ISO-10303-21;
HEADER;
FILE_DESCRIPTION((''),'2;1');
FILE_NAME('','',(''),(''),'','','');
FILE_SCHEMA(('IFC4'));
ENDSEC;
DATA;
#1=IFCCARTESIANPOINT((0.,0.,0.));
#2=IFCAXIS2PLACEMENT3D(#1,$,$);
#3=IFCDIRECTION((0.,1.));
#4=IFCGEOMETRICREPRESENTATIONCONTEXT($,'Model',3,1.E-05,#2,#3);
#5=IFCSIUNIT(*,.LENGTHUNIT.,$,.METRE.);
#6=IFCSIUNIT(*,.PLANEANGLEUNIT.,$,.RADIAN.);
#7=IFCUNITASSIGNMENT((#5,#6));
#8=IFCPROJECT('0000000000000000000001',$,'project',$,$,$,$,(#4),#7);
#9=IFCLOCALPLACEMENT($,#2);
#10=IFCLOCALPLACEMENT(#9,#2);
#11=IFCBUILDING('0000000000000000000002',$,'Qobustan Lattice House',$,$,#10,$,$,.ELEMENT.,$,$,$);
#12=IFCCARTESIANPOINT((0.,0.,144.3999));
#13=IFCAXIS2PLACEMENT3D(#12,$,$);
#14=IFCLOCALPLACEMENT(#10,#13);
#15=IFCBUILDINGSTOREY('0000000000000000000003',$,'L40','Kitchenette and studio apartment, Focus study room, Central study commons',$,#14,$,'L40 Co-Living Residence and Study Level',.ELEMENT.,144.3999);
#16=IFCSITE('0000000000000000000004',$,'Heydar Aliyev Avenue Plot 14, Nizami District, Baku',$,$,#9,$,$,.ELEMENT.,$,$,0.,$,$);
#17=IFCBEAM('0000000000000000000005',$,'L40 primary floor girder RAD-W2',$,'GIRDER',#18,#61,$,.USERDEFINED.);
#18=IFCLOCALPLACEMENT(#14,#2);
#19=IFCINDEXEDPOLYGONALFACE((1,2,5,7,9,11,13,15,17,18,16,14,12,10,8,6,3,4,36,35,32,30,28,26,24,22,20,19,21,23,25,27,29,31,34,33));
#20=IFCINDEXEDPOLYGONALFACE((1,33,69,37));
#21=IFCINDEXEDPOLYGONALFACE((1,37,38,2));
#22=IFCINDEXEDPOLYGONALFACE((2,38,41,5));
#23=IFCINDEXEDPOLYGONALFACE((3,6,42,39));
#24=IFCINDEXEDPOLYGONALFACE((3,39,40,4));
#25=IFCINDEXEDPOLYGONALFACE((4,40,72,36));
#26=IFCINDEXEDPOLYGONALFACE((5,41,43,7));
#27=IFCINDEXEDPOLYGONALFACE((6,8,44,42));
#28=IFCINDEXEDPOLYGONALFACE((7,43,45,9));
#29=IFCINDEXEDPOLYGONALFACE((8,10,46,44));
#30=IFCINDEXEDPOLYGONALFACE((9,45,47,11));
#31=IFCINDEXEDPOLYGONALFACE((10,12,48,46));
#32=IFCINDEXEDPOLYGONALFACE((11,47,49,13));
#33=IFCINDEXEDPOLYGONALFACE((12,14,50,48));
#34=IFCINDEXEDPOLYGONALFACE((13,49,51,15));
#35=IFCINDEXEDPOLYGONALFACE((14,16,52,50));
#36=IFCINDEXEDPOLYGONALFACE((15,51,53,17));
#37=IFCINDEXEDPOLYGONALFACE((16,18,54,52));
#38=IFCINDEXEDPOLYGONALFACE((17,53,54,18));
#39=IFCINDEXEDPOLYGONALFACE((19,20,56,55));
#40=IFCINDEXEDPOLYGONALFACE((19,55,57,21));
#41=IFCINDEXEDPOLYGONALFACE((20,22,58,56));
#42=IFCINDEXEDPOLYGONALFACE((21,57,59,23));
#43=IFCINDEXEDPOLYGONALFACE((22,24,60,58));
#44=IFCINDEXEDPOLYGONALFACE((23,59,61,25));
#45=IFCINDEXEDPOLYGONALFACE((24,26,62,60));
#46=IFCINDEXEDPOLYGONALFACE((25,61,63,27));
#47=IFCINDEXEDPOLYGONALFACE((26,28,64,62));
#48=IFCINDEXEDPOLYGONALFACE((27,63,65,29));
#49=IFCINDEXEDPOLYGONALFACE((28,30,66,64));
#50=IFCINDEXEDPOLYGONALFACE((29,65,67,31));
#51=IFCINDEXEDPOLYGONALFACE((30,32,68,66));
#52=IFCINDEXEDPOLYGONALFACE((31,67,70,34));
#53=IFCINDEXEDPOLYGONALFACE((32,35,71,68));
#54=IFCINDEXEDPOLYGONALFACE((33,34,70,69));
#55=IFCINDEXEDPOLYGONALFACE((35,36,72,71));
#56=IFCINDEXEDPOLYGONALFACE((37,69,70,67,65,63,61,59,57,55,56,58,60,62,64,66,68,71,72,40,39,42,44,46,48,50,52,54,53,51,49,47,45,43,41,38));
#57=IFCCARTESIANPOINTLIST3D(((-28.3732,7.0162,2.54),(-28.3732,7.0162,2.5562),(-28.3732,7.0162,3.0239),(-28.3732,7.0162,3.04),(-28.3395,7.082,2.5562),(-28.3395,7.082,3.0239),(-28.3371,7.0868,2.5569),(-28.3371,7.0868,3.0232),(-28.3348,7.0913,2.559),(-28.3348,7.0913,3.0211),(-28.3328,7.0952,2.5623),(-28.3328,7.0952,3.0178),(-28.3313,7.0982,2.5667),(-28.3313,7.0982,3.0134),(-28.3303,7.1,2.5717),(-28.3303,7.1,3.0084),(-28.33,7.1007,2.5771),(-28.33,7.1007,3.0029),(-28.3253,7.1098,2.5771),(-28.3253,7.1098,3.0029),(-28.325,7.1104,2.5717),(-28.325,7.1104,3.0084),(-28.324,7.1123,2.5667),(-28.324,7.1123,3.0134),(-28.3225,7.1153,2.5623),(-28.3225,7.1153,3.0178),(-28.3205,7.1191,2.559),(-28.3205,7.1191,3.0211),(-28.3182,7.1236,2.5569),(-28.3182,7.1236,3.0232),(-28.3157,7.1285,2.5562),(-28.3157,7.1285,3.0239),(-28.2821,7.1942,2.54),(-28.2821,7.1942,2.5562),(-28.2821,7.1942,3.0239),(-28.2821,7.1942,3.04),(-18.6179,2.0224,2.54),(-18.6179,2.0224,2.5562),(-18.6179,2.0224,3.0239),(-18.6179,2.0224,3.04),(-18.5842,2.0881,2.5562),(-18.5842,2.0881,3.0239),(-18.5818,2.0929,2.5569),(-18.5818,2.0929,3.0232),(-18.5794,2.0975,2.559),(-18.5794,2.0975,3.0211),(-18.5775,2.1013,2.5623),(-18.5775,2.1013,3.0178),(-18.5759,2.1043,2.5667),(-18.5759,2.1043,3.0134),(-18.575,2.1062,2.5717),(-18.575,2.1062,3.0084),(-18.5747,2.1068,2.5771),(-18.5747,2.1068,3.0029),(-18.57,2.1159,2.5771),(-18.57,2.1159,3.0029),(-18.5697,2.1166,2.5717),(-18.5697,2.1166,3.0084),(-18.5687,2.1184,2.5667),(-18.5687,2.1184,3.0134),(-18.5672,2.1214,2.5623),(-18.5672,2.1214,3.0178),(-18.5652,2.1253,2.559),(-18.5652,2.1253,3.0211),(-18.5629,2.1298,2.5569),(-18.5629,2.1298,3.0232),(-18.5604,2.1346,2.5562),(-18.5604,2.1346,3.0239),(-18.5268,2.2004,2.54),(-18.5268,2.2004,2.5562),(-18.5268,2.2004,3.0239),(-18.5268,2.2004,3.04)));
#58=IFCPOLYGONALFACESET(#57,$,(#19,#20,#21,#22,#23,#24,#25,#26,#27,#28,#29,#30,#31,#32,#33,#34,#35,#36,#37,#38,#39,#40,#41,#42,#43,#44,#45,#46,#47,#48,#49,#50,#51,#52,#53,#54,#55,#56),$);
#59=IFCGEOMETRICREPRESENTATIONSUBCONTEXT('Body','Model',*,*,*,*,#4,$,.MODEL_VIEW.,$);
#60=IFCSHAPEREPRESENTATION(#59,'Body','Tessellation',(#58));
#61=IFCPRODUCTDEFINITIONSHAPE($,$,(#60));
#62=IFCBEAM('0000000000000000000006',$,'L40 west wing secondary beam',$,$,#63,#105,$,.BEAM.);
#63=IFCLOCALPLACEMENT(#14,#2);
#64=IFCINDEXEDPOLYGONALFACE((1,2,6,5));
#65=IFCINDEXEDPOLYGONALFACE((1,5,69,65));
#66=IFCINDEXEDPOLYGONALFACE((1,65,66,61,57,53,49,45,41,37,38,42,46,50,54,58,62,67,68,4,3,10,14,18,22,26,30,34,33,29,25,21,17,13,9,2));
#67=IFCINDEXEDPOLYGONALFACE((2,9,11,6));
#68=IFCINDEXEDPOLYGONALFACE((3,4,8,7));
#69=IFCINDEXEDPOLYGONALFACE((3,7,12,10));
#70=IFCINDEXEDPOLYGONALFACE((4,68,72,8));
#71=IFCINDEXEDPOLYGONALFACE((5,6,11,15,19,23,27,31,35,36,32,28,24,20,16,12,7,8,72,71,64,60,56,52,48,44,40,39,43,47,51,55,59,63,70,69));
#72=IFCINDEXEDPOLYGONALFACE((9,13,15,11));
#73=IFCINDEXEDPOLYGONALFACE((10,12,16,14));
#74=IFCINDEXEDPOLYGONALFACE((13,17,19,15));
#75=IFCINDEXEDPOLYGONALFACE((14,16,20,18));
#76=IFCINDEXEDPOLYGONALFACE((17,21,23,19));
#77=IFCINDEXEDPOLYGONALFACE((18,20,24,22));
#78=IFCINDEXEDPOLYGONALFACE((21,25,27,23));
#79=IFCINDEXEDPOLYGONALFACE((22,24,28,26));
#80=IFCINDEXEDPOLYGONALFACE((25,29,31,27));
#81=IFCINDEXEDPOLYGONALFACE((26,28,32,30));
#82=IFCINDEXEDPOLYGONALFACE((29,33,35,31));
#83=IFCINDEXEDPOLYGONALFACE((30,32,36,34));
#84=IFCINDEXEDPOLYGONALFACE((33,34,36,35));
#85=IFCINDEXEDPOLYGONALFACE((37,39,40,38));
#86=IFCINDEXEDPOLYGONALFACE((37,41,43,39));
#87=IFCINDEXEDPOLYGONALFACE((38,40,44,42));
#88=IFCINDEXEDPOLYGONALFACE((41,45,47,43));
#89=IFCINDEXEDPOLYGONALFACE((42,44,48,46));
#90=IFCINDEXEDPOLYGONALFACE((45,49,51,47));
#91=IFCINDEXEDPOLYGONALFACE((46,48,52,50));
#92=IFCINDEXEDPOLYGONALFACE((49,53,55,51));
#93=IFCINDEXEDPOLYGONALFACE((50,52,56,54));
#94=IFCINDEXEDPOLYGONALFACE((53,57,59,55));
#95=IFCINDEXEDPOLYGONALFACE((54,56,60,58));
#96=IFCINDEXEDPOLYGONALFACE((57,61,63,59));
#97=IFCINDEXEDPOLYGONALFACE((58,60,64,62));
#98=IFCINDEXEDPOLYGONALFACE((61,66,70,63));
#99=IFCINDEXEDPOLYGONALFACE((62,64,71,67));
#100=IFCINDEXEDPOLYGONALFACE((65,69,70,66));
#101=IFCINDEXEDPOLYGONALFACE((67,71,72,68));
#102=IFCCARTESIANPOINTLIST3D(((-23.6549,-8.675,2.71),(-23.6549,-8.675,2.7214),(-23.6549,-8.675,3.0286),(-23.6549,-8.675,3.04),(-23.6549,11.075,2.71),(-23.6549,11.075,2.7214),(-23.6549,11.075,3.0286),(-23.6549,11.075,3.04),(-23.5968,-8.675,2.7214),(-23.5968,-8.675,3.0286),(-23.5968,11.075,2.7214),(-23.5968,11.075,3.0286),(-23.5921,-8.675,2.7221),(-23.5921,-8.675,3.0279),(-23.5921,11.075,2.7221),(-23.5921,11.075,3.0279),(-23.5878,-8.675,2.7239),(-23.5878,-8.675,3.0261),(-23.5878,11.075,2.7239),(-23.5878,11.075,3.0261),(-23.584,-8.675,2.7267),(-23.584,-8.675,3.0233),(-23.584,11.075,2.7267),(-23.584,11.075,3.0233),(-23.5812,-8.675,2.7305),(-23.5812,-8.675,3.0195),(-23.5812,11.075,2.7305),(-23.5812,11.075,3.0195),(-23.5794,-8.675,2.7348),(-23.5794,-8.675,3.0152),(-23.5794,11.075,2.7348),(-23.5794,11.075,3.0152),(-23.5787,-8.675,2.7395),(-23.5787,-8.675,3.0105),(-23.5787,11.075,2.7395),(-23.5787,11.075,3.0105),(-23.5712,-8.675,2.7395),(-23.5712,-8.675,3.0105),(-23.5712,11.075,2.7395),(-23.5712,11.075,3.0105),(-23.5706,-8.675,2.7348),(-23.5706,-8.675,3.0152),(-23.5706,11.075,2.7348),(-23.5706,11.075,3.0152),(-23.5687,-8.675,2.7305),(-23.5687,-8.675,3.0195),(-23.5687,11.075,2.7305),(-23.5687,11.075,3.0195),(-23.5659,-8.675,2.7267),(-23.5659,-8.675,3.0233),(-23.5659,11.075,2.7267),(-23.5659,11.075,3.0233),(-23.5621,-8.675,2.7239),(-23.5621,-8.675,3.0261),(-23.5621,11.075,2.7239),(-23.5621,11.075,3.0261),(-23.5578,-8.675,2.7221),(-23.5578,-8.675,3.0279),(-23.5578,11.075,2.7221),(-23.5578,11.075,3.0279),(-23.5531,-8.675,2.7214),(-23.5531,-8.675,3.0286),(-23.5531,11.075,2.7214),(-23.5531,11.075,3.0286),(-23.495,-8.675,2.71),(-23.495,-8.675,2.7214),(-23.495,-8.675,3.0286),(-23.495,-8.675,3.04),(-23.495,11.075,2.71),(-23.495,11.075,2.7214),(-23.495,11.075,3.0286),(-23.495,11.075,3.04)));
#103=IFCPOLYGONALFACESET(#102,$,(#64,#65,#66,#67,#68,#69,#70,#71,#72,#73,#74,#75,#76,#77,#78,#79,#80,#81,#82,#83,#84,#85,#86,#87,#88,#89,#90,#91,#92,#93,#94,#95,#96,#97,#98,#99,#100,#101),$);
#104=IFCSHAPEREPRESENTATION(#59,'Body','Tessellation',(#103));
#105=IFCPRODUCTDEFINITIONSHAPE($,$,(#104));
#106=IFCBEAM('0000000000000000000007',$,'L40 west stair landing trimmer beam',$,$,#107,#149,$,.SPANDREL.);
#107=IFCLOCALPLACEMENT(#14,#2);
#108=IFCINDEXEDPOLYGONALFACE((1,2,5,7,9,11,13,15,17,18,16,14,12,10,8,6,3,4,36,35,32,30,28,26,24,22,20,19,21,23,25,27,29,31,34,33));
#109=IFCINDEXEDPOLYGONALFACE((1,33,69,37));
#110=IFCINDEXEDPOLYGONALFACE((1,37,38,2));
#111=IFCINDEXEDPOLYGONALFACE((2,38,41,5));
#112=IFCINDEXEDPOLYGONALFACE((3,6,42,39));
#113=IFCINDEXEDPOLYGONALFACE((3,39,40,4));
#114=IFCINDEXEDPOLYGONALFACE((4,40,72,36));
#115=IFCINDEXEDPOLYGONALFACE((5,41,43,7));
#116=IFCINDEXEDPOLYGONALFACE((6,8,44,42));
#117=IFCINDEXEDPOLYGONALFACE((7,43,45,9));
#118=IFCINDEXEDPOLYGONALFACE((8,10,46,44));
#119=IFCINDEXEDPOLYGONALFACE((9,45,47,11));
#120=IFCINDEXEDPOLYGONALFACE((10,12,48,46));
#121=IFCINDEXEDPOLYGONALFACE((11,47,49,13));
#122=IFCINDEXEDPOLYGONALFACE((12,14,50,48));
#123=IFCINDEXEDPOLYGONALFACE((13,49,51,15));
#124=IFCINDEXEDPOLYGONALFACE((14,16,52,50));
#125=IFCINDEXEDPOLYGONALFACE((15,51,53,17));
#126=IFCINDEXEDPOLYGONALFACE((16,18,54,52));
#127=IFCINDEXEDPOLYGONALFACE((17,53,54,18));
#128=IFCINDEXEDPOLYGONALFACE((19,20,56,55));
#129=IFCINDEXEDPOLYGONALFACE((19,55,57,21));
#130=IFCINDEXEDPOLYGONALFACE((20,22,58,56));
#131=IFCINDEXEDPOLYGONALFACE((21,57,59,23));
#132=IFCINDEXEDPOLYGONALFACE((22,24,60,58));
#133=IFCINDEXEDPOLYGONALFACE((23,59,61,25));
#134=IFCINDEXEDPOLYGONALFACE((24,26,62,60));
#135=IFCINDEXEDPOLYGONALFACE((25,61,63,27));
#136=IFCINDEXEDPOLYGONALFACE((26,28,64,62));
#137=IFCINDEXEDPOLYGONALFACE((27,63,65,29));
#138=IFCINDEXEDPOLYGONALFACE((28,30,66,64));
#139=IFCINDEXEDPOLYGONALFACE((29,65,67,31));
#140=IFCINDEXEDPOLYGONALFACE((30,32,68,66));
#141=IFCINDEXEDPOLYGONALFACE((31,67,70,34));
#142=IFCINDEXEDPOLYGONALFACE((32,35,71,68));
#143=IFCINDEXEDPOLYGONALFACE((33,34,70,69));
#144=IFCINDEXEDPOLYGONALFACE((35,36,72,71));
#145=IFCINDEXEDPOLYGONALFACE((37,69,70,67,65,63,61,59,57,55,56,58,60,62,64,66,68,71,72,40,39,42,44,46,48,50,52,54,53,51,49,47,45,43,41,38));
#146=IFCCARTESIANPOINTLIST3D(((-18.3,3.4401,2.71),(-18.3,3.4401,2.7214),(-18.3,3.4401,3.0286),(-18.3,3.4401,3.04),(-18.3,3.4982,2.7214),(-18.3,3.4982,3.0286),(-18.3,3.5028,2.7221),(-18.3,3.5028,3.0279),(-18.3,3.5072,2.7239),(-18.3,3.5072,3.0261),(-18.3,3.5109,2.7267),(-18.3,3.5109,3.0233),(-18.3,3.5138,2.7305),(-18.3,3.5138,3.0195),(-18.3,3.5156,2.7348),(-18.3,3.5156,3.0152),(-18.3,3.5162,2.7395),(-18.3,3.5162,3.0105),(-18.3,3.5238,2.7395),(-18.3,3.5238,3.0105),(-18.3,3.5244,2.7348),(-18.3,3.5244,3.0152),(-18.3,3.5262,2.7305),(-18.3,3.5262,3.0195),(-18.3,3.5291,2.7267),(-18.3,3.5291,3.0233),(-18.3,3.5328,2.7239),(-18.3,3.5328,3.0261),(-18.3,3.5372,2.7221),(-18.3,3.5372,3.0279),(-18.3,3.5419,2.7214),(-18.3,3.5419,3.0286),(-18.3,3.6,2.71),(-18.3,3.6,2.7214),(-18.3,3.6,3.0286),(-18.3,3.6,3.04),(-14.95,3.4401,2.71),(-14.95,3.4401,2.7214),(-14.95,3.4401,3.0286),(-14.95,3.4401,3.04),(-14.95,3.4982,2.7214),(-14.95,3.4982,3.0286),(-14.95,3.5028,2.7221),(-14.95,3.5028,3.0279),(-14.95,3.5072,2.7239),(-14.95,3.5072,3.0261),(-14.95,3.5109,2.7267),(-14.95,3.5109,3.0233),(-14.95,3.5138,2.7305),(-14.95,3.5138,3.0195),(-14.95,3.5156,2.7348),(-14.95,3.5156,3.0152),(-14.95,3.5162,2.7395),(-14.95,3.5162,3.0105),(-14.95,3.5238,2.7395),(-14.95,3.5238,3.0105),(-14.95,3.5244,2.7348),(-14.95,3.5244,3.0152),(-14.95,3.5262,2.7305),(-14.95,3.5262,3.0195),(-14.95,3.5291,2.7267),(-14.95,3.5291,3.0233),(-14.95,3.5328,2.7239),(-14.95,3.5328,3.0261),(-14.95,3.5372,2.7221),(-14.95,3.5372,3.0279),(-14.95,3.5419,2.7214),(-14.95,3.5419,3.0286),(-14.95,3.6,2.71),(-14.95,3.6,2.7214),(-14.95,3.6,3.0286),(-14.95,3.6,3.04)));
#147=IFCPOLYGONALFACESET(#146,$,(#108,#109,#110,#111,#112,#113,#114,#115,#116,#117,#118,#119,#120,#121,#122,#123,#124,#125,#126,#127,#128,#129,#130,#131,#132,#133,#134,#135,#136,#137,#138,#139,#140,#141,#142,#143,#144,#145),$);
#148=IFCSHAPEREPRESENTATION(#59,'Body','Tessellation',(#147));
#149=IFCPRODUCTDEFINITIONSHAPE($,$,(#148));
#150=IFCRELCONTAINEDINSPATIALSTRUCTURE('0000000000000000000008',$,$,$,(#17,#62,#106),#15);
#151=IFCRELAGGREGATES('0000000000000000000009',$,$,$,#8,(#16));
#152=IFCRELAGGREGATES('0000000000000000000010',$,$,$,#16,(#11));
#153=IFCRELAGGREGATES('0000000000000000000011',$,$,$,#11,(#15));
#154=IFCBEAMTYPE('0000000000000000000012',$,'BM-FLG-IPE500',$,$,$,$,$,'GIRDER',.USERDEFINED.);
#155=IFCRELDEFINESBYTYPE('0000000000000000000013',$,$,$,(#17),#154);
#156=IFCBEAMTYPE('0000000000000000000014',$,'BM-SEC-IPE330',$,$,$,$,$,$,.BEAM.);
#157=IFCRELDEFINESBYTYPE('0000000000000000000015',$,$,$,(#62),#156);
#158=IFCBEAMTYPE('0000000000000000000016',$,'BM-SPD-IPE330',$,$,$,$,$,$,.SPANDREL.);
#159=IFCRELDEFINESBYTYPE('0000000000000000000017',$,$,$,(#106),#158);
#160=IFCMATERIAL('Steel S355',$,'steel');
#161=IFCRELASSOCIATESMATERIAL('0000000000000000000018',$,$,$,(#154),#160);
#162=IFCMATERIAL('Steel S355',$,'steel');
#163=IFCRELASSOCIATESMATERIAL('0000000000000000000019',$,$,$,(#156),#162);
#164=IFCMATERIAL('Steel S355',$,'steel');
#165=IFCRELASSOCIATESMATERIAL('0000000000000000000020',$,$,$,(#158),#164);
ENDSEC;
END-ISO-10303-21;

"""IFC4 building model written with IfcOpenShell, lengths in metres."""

from ifc_helpers import new_model, si_unit, direction, frame, origin, origin_2d, place, context, subcontext, project, spatial, i_section, extrude, material, material_profile, profile_set, type_object, element, save


model = new_model("IFC4")

# Units and contexts
model_context = context("Model", 3, precision=1e-05, world=origin(), true_north=direction((0.0, 1.0)))
body_context = subcontext(model_context, "Body", "Model", "MODEL_VIEW")
ifc_project = project(units=[si_unit("LENGTHUNIT", "METRE"), si_unit("PLANEANGLEUNIT", "RADIAN")], contexts=[model_context])

# Site, building, storey
site_placement = place(None, origin())
site = spatial("IfcSite", under=ifc_project, at=site_placement, Name="Heydar Aliyev Avenue Plot 14, Nizami District, Baku", CompositionType="ELEMENT", RefElevation=0.0)
building_placement = place(site_placement, origin())
building = spatial("IfcBuilding", under=site, at=building_placement, Name="Qobustan Lattice House", CompositionType="ELEMENT")
storey_placement = place(building_placement, frame((0.0, 0.0, 144.3999)))
storey = spatial("IfcBuildingStorey", under=building, at=storey_placement, Name="L40", Description="Kitchenette and studio apartment, Focus study room, Central study commons", LongName="L40 Co-Living Residence and Study Level", CompositionType="ELEMENT", Elevation=144.3999)

# Beams
ifc_material_1 = material(Name="Steel S355", Category="steel")
ifc_material_profile_1 = material_profile(ifc_material_1, i_section(OverallWidth=0.2, OverallDepth=0.5, WebThickness=0.0103, FlangeThickness=0.0161, FilletRadius=0.021, at=origin_2d()), Name="IPE500")
ifc_profile_set_1 = profile_set([ifc_material_profile_1], Name="Steel S355")
beam_type_1 = type_object("IfcBeamType", Name="BM-FLG-IPE500", ElementType="GIRDER", PredefinedType="USERDEFINED", material=ifc_profile_set_1)
beam_1_placement = place(storey_placement, frame((-28.3276, 7.1052, 2.79), z_axis=(0.890145, -0.455677, 0.0), x_axis=(0.455677, 0.890145, 0.0)))
element("IfcBeam", 1, at=beam_1_placement, inside=storey, type_object=beam_type_1, Name="L40 primary floor girder RAD-W2", ObjectType="GIRDER", PredefinedType="USERDEFINED", context=body_context, shape_type="SweptSolid", body=[
    extrude(i_section(OverallWidth=0.2, OverallDepth=0.5, WebThickness=0.0103, FlangeThickness=0.0161, FilletRadius=0.021, at=origin_2d()), origin(), (0.0, 0.0, 1.0), 10.9592),
])
ifc_material_2 = material(Name="Steel S355", Category="steel")
ifc_material_profile_2 = material_profile(ifc_material_2, i_section(OverallWidth=0.1599, OverallDepth=0.3301, WebThickness=0.0076, FlangeThickness=0.0115, FilletRadius=0.0181, at=origin_2d()), Name="IPE330")
ifc_profile_set_2 = profile_set([ifc_material_profile_2], Name="Steel S355")
beam_type_2 = type_object("IfcBeamType", Name="BM-SEC-IPE330", PredefinedType="BEAM", material=ifc_profile_set_2)
beam_2_placement = place(storey_placement, frame((-23.575, 11.075, 2.875), z_axis=(0.0, -1.0, 0.0), x_axis=(1.0, 0.0, 0.0)))
element("IfcBeam", 2, at=beam_2_placement, inside=storey, type_object=beam_type_2, Name="L40 west wing secondary beam", PredefinedType="BEAM", context=body_context, shape_type="SweptSolid", body=[
    extrude(i_section(OverallWidth=0.1599, OverallDepth=0.3301, WebThickness=0.0076, FlangeThickness=0.0115, FilletRadius=0.0181, at=origin_2d()), origin(), (0.0, 0.0, 1.0), 19.75),
])
ifc_material_3 = material(Name="Steel S355", Category="steel")
ifc_material_profile_3 = material_profile(ifc_material_3, i_section(OverallWidth=0.1599, OverallDepth=0.3301, WebThickness=0.0076, FlangeThickness=0.0115, FilletRadius=0.0181, at=origin_2d()), Name="IPE330")
ifc_profile_set_3 = profile_set([ifc_material_profile_3], Name="Steel S355")
beam_type_3 = type_object("IfcBeamType", Name="BM-SPD-IPE330", PredefinedType="SPANDREL", material=ifc_profile_set_3)
beam_3_placement = place(storey_placement, frame((-18.3, 3.52, 2.875), z_axis=(1.0, 0.0, 0.0), x_axis=(0.0, 1.0, 0.0)))
element("IfcBeam", 3, at=beam_3_placement, inside=storey, type_object=beam_type_3, Name="L40 west stair landing trimmer beam", PredefinedType="SPANDREL", context=body_context, shape_type="SweptSolid", body=[
    extrude(i_section(OverallWidth=0.1599, OverallDepth=0.3301, WebThickness=0.0076, FlangeThickness=0.0115, FilletRadius=0.0181, at=origin_2d()), origin(), (0.0, 0.0, 1.0), 3.3501),
])

save(model, "model.ifc")
